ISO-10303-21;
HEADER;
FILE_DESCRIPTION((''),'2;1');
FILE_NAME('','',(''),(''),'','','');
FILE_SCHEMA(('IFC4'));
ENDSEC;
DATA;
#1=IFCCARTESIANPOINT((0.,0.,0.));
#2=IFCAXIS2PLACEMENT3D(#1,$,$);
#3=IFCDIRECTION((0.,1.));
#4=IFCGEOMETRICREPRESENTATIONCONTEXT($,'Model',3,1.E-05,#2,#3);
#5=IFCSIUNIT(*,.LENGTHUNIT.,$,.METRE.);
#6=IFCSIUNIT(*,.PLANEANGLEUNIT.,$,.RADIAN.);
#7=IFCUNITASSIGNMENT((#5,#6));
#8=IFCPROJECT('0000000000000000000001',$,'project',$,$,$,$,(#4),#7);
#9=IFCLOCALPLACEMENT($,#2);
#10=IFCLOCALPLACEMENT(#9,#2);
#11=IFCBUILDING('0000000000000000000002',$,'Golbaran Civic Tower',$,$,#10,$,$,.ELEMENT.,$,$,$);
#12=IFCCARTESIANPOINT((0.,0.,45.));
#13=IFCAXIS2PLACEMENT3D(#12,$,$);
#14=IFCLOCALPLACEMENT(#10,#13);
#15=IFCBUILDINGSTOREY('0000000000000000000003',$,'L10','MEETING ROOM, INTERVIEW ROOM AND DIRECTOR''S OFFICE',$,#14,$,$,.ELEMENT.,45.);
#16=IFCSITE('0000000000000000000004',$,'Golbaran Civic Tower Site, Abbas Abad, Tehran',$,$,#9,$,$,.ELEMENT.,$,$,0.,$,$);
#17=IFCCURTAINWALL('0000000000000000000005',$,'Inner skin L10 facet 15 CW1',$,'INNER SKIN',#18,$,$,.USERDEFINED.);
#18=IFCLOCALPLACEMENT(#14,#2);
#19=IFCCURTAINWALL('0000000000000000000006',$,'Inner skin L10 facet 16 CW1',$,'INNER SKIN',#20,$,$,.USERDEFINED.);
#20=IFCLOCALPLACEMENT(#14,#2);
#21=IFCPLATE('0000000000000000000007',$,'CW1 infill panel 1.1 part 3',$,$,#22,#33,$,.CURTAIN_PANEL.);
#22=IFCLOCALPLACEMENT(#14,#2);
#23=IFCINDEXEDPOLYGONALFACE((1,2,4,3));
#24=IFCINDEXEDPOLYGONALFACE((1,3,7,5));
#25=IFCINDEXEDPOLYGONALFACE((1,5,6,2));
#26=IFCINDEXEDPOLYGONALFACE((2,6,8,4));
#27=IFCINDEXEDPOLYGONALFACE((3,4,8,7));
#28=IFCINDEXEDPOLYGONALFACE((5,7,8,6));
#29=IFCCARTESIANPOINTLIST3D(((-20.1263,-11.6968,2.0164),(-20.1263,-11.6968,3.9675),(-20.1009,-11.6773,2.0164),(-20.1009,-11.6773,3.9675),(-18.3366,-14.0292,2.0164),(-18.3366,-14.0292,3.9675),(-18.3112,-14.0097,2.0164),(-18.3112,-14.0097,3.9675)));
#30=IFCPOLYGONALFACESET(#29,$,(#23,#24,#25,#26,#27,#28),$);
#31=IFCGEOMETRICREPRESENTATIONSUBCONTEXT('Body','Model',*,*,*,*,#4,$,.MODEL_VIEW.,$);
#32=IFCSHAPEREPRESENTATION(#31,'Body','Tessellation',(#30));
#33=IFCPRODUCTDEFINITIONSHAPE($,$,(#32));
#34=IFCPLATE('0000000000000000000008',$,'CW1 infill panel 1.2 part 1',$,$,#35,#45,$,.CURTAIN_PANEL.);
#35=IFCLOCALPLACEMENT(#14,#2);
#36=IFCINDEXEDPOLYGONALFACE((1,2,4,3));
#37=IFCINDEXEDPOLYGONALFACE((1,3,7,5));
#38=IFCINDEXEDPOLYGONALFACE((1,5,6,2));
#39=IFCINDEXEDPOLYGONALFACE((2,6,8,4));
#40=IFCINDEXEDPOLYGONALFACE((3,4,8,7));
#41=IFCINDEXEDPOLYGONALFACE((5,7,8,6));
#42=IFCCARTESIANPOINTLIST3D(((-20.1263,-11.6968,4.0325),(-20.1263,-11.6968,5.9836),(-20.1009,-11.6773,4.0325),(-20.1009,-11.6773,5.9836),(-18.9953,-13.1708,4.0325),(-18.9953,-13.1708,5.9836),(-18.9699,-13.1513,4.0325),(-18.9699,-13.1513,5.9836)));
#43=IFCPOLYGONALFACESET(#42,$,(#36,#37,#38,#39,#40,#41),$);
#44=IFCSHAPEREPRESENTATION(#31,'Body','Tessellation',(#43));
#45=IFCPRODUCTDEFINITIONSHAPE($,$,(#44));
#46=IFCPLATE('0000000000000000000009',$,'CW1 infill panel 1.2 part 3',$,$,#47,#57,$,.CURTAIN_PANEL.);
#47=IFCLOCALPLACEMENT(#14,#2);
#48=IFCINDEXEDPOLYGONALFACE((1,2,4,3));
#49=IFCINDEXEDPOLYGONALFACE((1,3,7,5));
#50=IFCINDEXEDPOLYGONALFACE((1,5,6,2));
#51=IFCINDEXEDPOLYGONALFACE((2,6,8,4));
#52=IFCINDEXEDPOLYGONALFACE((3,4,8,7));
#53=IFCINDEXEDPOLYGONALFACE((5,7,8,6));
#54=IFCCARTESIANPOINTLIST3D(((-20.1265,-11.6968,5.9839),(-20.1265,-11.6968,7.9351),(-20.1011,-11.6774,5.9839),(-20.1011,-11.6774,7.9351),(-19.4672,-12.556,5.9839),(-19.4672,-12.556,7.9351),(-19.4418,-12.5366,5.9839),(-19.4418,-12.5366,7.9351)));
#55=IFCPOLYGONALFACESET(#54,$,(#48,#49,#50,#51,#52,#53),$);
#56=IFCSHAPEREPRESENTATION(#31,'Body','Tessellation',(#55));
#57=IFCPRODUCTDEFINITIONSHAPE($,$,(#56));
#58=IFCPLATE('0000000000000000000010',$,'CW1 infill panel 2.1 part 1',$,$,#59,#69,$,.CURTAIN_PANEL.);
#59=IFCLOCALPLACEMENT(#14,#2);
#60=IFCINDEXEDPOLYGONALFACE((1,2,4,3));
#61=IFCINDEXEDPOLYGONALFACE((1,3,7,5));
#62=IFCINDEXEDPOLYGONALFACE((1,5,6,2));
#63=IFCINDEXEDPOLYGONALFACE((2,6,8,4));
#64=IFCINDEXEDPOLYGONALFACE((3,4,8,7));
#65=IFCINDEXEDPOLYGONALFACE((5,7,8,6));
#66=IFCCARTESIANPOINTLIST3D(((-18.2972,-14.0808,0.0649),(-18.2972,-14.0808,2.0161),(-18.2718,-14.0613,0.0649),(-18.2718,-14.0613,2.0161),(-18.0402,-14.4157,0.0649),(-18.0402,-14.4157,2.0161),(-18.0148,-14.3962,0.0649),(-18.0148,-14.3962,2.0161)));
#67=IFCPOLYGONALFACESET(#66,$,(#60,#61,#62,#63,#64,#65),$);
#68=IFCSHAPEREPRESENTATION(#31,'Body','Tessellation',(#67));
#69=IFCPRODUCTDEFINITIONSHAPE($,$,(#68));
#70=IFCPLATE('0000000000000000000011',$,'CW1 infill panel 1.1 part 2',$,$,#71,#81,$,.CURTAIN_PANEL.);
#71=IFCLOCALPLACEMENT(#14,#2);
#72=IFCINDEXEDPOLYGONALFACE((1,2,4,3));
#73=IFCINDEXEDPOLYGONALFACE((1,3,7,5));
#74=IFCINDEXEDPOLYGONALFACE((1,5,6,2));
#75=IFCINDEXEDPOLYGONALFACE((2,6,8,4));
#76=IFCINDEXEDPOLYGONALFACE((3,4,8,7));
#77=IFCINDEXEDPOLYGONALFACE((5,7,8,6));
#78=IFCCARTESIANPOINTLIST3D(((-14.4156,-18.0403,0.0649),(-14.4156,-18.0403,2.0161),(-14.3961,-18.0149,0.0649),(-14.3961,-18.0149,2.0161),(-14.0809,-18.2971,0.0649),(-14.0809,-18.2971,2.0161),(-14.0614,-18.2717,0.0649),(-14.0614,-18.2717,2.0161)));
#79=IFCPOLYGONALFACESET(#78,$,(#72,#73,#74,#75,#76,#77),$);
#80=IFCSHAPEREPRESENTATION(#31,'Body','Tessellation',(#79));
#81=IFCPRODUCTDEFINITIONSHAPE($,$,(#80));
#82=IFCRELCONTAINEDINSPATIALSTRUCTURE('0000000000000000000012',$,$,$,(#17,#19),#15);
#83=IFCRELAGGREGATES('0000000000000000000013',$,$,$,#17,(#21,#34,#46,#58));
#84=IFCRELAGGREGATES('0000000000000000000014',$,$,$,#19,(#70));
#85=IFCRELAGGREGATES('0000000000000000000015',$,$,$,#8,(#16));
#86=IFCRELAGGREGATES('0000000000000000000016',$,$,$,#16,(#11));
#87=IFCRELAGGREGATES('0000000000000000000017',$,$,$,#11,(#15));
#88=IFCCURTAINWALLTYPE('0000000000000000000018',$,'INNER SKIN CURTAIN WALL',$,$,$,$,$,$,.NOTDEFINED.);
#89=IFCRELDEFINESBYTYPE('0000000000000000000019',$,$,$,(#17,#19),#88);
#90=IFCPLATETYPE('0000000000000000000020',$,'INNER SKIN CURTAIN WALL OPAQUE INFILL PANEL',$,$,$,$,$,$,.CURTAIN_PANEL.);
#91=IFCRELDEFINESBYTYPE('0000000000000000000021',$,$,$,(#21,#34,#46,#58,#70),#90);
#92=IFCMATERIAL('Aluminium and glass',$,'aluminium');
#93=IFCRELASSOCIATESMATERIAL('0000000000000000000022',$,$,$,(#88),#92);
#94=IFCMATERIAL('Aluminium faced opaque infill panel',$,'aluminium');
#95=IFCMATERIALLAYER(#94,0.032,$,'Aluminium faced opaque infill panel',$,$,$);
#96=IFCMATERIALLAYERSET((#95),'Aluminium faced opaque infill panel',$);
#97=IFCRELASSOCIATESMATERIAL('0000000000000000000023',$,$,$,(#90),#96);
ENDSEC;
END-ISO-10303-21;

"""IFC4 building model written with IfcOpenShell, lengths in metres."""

from ifc_helpers import new_model, si_unit, direction, frame, origin, origin_2d, place, context, subcontext, project, spatial, rectangle, extrude, material, layer, layer_set, type_object, element, aggregate, save


model = new_model("IFC4")

# Units and contexts
model_context = context("Model", 3, precision=1e-05, world=origin(), true_north=direction((0.0, 1.0)))
body_context = subcontext(model_context, "Body", "Model", "MODEL_VIEW")
ifc_project = project(units=[si_unit("LENGTHUNIT", "METRE"), si_unit("PLANEANGLEUNIT", "RADIAN")], contexts=[model_context])

# Site, building, storey
site_placement = place(None, origin())
site = spatial("IfcSite", under=ifc_project, at=site_placement, Name="Golbaran Civic Tower Site, Abbas Abad, Tehran", CompositionType="ELEMENT", RefElevation=0.0)
building_placement = place(site_placement, origin())
building = spatial("IfcBuilding", under=site, at=building_placement, Name="Golbaran Civic Tower", CompositionType="ELEMENT")
storey_placement = place(building_placement, frame((0.0, 0.0, 45.0)))
storey = spatial("IfcBuildingStorey", under=building, at=storey_placement, Name="L10", Description="MEETING ROOM, INTERVIEW ROOM AND DIRECTOR'S OFFICE", CompositionType="ELEMENT", Elevation=45.0)

# Shared definitions
ifc_material_1 = material(Name="Aluminium and glass", Category="aluminium")
curtain_wall_type = type_object("IfcCurtainWallType", Name="INNER SKIN CURTAIN WALL", PredefinedType="NOTDEFINED", material=ifc_material_1)

# Curtain walls
curtain_wall_1_placement = place(storey_placement, origin())
curtain_wall_1 = element("IfcCurtainWall", 1, at=curtain_wall_1_placement, inside=storey, type_object=curtain_wall_type, Name="Inner skin L10 facet 15 CW1", ObjectType="INNER SKIN", PredefinedType="USERDEFINED")
curtain_wall_2_placement = place(storey_placement, origin())
curtain_wall_2 = element("IfcCurtainWall", 2, at=curtain_wall_2_placement, inside=storey, type_object=curtain_wall_type, Name="Inner skin L10 facet 16 CW1", ObjectType="INNER SKIN", PredefinedType="USERDEFINED")

# Plates
ifc_material_2 = material(Name="Aluminium faced opaque infill panel", Category="aluminium")
ifc_layer_1 = layer(ifc_material_2, 0.032, Name="Aluminium faced opaque infill panel")
ifc_layer_set_1 = layer_set([ifc_layer_1], Name="Aluminium faced opaque infill panel")
plate_type_1 = type_object("IfcPlateType", Name="INNER SKIN CURTAIN WALL OPAQUE INFILL PANEL", PredefinedType="CURTAIN_PANEL", material=ifc_layer_set_1)
plate_1_placement = place(storey_placement, frame((-19.2188, -12.8533, 2.0164), z_axis=(0.0, 0.0, 1.0), x_axis=(0.608761, -0.793353, 0.0)))
plate_1 = element("IfcPlate", 3, at=plate_1_placement, type_object=plate_type_1, Name="CW1 infill panel 1.1 part 3", PredefinedType="CURTAIN_PANEL", context=body_context, shape_type="SweptSolid", body=[
    extrude(rectangle(XDim=2.9399, YDim=0.032, at=origin_2d()), origin(), (0.0, 0.0, 1.0), 1.9512),
])
plate_2_placement = place(storey_placement, frame((-19.5481, -12.4241, 4.0325), z_axis=(0.0, 0.0, 1.0), x_axis=(0.608761, -0.793353, 0.0)))
plate_2 = element("IfcPlate", 4, at=plate_2_placement, type_object=plate_type_1, Name="CW1 infill panel 1.2 part 1", PredefinedType="CURTAIN_PANEL", context=body_context, shape_type="SweptSolid", body=[
    extrude(rectangle(XDim=1.8579, YDim=0.032, at=origin_2d()), origin(), (0.0, 0.0, 1.0), 1.9512),
])
plate_3_placement = place(storey_placement, frame((-19.7842, -12.1167, 5.9839), z_axis=(0.0, 0.0, 1.0), x_axis=(0.608761, -0.793353, 0.0)))
plate_3 = element("IfcPlate", 5, at=plate_3_placement, type_object=plate_type_1, Name="CW1 infill panel 1.2 part 3", PredefinedType="CURTAIN_PANEL", context=body_context, shape_type="SweptSolid", body=[
    extrude(rectangle(XDim=1.083, YDim=0.032, at=origin_2d()), origin(), (0.0, 0.0, 1.0), 1.9512),
])
plate_4_placement = place(storey_placement, frame((-18.156, -14.2385, 0.0649), z_axis=(0.0, 0.0, 1.0), x_axis=(0.608761, -0.793353, 0.0)))
plate_4 = element("IfcPlate", 6, at=plate_4_placement, type_object=plate_type_1, Name="CW1 infill panel 2.1 part 1", PredefinedType="CURTAIN_PANEL", context=body_context, shape_type="SweptSolid", body=[
    extrude(rectangle(XDim=0.4221, YDim=0.032, at=origin_2d()), origin(), (0.0, 0.0, 1.0), 1.9512),
])
aggregate(curtain_wall_1, [plate_1, plate_2, plate_3, plate_4])
plate_5_placement = place(storey_placement, frame((-14.2385, -18.156, 0.0649), z_axis=(0.0, 0.0, 1.0), x_axis=(0.793353, -0.608761, 0.0)))
plate_5 = element("IfcPlate", 7, at=plate_5_placement, type_object=plate_type_1, Name="CW1 infill panel 1.1 part 2", PredefinedType="CURTAIN_PANEL", context=body_context, shape_type="SweptSolid", body=[
    extrude(rectangle(XDim=0.4219, YDim=0.032, at=origin_2d()), origin(), (0.0, 0.0, 1.0), 1.9512),
])
aggregate(curtain_wall_2, [plate_5])

save(model, "model.ifc")
